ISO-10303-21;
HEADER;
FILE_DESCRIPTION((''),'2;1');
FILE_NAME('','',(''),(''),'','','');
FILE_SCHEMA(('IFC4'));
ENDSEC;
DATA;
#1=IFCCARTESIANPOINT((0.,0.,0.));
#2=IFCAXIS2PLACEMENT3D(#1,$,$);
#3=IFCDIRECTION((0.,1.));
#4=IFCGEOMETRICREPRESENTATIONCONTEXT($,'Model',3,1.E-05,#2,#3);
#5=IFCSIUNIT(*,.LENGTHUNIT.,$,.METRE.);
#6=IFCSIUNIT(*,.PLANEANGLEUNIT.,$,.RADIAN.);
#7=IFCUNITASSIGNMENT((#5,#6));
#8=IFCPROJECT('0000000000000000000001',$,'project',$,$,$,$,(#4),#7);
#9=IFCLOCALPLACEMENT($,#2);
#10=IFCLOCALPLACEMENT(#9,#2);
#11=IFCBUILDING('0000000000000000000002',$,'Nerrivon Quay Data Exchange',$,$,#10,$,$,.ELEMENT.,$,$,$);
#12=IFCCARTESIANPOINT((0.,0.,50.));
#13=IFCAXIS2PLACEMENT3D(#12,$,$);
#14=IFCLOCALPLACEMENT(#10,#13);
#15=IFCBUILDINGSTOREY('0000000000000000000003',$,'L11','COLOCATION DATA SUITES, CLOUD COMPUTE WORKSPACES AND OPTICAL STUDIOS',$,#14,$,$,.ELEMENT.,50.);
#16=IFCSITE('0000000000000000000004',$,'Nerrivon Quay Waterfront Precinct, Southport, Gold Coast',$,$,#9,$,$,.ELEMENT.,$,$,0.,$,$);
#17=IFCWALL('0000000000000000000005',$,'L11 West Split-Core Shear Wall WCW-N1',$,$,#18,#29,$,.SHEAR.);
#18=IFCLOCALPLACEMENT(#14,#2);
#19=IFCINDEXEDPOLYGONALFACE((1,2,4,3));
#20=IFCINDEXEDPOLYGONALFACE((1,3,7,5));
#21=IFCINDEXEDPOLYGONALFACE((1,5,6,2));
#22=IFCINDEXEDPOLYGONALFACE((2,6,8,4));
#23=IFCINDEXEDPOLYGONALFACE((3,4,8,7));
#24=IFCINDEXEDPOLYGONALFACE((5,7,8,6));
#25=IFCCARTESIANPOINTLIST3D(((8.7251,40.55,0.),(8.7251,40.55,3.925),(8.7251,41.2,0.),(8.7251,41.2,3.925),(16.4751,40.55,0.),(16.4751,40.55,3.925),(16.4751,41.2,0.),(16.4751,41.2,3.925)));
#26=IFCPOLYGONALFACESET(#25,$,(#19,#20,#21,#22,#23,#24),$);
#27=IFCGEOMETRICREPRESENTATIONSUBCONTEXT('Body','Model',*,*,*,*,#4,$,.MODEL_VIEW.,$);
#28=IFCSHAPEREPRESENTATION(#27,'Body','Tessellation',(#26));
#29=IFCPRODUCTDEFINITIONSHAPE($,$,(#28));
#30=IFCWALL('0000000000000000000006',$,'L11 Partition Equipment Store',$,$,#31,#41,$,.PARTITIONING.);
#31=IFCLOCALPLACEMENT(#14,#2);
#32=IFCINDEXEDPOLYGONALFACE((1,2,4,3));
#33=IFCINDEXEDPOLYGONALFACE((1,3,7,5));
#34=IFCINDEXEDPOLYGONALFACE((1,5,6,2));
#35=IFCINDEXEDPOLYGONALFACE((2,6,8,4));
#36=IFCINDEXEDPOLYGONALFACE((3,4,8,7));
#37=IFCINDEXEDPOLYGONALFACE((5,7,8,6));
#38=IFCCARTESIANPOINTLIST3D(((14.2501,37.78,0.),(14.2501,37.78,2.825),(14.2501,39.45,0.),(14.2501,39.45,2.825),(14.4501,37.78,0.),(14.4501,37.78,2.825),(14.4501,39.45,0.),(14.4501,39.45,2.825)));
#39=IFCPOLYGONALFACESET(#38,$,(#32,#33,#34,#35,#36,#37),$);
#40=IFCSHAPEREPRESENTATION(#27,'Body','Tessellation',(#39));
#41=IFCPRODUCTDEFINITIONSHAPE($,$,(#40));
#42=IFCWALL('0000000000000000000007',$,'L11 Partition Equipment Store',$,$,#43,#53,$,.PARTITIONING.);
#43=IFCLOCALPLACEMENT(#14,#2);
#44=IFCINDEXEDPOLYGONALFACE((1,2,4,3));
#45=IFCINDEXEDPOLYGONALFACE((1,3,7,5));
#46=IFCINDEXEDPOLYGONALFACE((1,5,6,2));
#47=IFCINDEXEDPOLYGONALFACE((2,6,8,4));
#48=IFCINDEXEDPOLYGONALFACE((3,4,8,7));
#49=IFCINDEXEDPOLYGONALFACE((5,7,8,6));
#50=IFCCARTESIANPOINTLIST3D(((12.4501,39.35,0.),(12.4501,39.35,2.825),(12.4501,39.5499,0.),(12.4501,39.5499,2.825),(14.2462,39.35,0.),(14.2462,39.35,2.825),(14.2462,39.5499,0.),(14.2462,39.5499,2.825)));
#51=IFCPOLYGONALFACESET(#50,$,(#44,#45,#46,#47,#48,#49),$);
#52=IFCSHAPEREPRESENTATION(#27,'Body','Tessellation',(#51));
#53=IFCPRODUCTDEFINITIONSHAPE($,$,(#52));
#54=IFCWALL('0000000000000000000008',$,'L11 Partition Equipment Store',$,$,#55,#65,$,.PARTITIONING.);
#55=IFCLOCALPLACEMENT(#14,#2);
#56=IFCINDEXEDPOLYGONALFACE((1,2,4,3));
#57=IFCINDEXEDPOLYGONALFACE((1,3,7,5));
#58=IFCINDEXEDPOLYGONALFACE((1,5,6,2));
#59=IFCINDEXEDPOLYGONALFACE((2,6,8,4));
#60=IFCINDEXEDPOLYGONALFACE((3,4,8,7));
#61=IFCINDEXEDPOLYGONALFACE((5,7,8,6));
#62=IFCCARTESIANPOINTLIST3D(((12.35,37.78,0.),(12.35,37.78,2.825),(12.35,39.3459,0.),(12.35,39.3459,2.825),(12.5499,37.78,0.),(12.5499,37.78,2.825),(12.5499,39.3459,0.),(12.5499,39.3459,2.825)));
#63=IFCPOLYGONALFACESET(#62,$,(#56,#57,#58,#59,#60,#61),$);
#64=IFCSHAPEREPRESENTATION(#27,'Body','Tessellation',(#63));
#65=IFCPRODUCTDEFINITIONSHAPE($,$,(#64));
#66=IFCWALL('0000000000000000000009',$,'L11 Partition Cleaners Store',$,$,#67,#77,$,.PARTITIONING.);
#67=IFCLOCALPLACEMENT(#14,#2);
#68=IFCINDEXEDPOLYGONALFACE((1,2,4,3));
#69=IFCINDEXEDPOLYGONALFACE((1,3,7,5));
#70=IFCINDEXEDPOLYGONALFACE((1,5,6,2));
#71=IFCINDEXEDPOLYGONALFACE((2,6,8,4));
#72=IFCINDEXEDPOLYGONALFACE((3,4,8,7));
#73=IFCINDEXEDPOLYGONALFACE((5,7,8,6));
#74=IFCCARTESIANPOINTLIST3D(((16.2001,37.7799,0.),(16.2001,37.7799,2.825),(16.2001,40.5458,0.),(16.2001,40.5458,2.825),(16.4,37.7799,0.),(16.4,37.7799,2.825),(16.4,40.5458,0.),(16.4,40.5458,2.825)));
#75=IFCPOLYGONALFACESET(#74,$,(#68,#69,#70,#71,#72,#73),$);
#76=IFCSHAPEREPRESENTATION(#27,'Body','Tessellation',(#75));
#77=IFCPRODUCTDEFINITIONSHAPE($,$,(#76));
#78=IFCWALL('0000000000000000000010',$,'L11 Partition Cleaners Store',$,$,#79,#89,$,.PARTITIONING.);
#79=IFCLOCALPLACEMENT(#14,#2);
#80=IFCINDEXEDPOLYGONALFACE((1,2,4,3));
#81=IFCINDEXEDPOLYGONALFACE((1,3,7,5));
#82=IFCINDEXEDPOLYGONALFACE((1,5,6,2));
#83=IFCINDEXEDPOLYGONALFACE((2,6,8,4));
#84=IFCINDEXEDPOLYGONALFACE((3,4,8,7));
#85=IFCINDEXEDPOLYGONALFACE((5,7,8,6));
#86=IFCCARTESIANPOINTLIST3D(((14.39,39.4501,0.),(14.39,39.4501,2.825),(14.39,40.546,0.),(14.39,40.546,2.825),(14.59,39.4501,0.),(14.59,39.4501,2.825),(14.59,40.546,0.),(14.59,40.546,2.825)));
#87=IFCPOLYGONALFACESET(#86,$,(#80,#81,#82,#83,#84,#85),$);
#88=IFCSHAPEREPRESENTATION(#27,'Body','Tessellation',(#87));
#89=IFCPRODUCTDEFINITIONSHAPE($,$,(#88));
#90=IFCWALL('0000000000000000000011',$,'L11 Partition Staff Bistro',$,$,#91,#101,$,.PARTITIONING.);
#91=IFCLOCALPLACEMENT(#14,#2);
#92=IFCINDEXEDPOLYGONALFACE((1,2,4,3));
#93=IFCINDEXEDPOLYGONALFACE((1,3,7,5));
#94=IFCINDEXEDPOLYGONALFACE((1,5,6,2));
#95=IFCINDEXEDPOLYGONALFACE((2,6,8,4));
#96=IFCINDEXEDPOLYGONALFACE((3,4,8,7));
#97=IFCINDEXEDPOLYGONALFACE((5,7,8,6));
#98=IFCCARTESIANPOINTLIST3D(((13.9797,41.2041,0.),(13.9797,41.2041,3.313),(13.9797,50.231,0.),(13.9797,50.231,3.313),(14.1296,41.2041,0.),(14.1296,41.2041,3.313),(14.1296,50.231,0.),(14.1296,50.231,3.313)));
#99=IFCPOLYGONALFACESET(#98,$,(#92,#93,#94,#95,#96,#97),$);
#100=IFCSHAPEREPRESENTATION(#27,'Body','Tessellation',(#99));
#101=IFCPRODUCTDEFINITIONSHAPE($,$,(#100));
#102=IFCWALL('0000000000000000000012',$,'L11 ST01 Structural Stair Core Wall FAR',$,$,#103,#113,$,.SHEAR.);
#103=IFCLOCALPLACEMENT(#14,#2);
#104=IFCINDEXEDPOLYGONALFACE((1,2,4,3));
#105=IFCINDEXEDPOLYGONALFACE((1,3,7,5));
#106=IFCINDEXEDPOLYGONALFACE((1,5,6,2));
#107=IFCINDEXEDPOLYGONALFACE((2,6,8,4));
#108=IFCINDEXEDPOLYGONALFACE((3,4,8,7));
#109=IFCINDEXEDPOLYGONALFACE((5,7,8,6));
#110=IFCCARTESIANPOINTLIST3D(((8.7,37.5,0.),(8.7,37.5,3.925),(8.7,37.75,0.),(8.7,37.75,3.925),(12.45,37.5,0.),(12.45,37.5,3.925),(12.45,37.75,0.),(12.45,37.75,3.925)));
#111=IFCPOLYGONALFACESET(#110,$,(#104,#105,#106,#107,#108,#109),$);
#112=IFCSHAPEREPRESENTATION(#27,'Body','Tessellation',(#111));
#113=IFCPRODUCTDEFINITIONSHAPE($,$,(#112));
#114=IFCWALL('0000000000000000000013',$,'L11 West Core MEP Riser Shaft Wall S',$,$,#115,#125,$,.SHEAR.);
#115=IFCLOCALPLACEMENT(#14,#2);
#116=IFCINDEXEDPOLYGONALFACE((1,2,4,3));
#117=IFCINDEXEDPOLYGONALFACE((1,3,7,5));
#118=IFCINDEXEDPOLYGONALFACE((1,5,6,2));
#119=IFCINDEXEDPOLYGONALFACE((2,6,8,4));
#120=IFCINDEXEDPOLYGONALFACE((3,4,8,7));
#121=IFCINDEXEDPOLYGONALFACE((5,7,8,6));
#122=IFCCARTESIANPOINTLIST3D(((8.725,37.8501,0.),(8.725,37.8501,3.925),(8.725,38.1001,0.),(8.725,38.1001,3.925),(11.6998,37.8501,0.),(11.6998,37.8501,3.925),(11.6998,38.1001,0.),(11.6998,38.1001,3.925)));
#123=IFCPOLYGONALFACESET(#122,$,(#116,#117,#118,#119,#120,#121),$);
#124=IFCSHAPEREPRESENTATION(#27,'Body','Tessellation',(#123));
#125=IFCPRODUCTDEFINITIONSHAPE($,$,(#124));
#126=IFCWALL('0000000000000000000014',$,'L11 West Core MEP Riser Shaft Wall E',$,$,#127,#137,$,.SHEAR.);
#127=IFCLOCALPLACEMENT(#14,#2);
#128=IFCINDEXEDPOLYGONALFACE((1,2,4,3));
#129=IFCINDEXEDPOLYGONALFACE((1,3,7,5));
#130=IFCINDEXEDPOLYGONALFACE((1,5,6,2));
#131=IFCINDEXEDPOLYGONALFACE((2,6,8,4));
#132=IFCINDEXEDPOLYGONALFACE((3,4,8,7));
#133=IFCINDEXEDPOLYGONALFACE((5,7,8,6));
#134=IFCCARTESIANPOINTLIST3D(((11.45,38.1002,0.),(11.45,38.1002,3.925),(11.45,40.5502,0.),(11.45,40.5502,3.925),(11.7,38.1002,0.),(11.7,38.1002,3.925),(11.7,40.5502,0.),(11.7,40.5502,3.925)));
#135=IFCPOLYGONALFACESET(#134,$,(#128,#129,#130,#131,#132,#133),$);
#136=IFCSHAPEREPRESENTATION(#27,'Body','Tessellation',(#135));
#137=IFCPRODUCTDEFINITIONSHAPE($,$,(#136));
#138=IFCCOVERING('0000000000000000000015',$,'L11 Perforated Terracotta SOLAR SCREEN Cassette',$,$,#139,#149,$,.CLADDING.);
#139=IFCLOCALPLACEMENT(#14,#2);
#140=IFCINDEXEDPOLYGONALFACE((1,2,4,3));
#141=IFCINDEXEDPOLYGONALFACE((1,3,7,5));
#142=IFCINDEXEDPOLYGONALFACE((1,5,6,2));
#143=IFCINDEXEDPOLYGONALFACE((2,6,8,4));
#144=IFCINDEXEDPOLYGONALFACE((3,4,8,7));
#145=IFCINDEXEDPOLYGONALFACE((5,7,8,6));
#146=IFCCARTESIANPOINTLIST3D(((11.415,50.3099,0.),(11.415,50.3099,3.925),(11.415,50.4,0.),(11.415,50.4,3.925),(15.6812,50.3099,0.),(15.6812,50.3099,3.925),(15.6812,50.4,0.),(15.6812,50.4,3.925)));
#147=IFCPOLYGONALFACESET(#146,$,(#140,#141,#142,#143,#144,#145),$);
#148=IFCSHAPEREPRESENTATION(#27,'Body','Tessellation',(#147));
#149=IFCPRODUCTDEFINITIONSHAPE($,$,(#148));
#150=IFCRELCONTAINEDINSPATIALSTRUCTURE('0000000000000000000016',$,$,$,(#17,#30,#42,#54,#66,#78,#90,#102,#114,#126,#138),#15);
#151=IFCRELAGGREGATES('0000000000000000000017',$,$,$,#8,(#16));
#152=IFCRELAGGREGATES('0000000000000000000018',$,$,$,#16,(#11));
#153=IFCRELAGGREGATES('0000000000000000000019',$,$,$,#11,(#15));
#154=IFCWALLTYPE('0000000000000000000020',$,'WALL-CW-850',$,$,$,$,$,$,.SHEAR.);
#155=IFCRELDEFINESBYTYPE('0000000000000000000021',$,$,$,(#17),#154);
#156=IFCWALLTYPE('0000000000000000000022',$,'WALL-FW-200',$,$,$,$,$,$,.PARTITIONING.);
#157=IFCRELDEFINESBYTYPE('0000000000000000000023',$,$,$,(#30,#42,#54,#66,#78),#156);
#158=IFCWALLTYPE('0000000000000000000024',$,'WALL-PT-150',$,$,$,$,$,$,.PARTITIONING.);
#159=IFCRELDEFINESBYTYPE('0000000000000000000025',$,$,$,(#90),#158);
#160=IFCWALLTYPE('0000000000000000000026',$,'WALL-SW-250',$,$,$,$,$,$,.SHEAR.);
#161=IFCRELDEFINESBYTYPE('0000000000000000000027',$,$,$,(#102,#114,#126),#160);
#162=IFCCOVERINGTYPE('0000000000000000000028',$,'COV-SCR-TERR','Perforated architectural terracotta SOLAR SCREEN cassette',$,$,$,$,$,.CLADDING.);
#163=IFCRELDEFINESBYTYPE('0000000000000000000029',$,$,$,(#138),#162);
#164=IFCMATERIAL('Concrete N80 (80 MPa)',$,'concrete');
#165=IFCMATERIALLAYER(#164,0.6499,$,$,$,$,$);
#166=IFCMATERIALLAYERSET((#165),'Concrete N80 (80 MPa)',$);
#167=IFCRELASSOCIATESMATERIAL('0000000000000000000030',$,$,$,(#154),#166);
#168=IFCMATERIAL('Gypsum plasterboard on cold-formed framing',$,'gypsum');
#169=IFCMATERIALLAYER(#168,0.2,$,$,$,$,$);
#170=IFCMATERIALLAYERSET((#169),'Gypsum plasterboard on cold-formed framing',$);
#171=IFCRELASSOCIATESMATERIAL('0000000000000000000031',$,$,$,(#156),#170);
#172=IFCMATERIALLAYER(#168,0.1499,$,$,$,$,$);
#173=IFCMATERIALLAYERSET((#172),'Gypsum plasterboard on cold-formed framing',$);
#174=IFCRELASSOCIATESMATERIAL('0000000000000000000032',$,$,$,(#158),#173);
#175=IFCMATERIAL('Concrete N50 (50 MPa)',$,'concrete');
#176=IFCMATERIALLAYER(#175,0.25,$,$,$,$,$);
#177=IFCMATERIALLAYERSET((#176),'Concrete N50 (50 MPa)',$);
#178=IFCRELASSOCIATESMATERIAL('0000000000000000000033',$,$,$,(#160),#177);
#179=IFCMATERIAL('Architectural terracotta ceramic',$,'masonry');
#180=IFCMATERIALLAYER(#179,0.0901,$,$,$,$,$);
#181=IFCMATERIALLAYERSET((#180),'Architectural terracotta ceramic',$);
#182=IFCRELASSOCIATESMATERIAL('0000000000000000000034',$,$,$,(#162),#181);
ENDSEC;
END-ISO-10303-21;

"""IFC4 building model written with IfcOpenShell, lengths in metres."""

from ifc_helpers import new_model, si_unit, direction, frame, frame_2d, origin, origin_2d, place, context, subcontext, project, spatial, rectangle, extrude, material, layer, layer_set, type_object, element, save


model = new_model("IFC4")

# Units and contexts
model_context = context("Model", 3, precision=1e-05, world=origin(), true_north=direction((0.0, 1.0)))
body_context = subcontext(model_context, "Body", "Model", "MODEL_VIEW")
ifc_project = project(units=[si_unit("LENGTHUNIT", "METRE"), si_unit("PLANEANGLEUNIT", "RADIAN")], contexts=[model_context])

# Site, building, storey
site_placement = place(None, origin())
site = spatial("IfcSite", under=ifc_project, at=site_placement, Name="Nerrivon Quay Waterfront Precinct, Southport, Gold Coast", CompositionType="ELEMENT", RefElevation=0.0)
building_placement = place(site_placement, origin())
building = spatial("IfcBuilding", under=site, at=building_placement, Name="Nerrivon Quay Data Exchange", CompositionType="ELEMENT")
storey_placement = place(building_placement, frame((0.0, 0.0, 50.0)))
storey = spatial("IfcBuildingStorey", under=building, at=storey_placement, Name="L11", Description="COLOCATION DATA SUITES, CLOUD COMPUTE WORKSPACES AND OPTICAL STUDIOS", CompositionType="ELEMENT", Elevation=50.0)

# Shared definitions
ifc_material_1 = material(Name="Concrete N80 (80 MPa)", Category="concrete")

# Walls
ifc_layer_1 = layer(ifc_material_1, 0.6499)
ifc_layer_set_1 = layer_set([ifc_layer_1], Name="Concrete N80 (80 MPa)")
wall_type_1 = type_object("IfcWallType", Name="WALL-CW-850", PredefinedType="SHEAR", material=ifc_layer_set_1)
wall_1_placement = place(storey_placement, frame((8.7251, 40.875, 0.0), z_axis=(0.0, 0.0, 1.0), x_axis=(1.0, 0.0, 0.0)))
element("IfcWall", 1, at=wall_1_placement, inside=storey, type_object=wall_type_1, Name="L11 West Split-Core Shear Wall WCW-N1", PredefinedType="SHEAR", context=body_context, shape_type="SweptSolid", body=[
    extrude(rectangle(XDim=7.75, YDim=0.6499, at=frame_2d((3.875, 0.0))), origin(), (0.0, 0.0, 1.0), 3.925),
])
ifc_material_2 = material(Name="Gypsum plasterboard on cold-formed framing", Category="gypsum")
ifc_layer_2 = layer(ifc_material_2, 0.2)
ifc_layer_set_2 = layer_set([ifc_layer_2], Name="Gypsum plasterboard on cold-formed framing")
wall_type_2 = type_object("IfcWallType", Name="WALL-FW-200", PredefinedType="PARTITIONING", material=ifc_layer_set_2)
wall_2_placement = place(storey_placement, frame((14.3501, 37.78, 0.0), z_axis=(0.0, 0.0, 1.0), x_axis=(0.0, 1.0, 0.0)))
element("IfcWall", 2, at=wall_2_placement, inside=storey, type_object=wall_type_2, Name="L11 Partition Equipment Store", PredefinedType="PARTITIONING", context=body_context, shape_type="SweptSolid", body=[
    extrude(rectangle(XDim=1.6699, YDim=0.2, at=frame_2d((0.835, 0.0))), origin(), (0.0, 0.0, 1.0), 2.825),
])
wall_3_placement = place(storey_placement, frame((14.2461, 39.45, 0.0), z_axis=(0.0, 0.0, 1.0), x_axis=(-1.0, 0.0, 0.0)))
element("IfcWall", 3, at=wall_3_placement, inside=storey, type_object=wall_type_2, Name="L11 Partition Equipment Store", PredefinedType="PARTITIONING", context=body_context, shape_type="SweptSolid", body=[
    extrude(rectangle(XDim=1.7961, YDim=0.2, at=frame_2d((0.8979, 0.0))), origin(), (0.0, 0.0, 1.0), 2.825),
])
wall_4_placement = place(storey_placement, frame((12.45, 39.3459, 0.0), z_axis=(0.0, 0.0, 1.0), x_axis=(0.0, -1.0, 0.0)))
element("IfcWall", 4, at=wall_4_placement, inside=storey, type_object=wall_type_2, Name="L11 Partition Equipment Store", PredefinedType="PARTITIONING", context=body_context, shape_type="SweptSolid", body=[
    extrude(rectangle(XDim=1.5659, YDim=0.2, at=frame_2d((0.783, 0.0))), origin(), (0.0, 0.0, 1.0), 2.825),
])
wall_5_placement = place(storey_placement, frame((16.3, 37.78, 0.0), z_axis=(0.0, 0.0, 1.0), x_axis=(0.0, 1.0, 0.0)))
element("IfcWall", 5, at=wall_5_placement, inside=storey, type_object=wall_type_2, Name="L11 Partition Cleaners Store", PredefinedType="PARTITIONING", context=body_context, shape_type="SweptSolid", body=[
    extrude(rectangle(XDim=2.7659, YDim=0.2, at=frame_2d((1.3828, 0.0))), origin(), (0.0, 0.0, 1.0), 2.825),
])
wall_6_placement = place(storey_placement, frame((14.49, 40.5459, 0.0), z_axis=(0.0, 0.0, 1.0), x_axis=(0.0, -1.0, 0.0)))
element("IfcWall", 6, at=wall_6_placement, inside=storey, type_object=wall_type_2, Name="L11 Partition Cleaners Store", PredefinedType="PARTITIONING", context=body_context, shape_type="SweptSolid", body=[
    extrude(rectangle(XDim=1.0959, YDim=0.2, at=frame_2d((0.5479, 0.0))), origin(), (0.0, 0.0, 1.0), 2.825),
])
ifc_layer_3 = layer(ifc_material_2, 0.1499)
ifc_layer_set_3 = layer_set([ifc_layer_3], Name="Gypsum plasterboard on cold-formed framing")
wall_type_3 = type_object("IfcWallType", Name="WALL-PT-150", PredefinedType="PARTITIONING", material=ifc_layer_set_3)
wall_7_placement = place(storey_placement, frame((14.0547, 50.231, 0.0), z_axis=(0.0, 0.0, 1.0), x_axis=(0.0, -1.0, 0.0)))
element("IfcWall", 7, at=wall_7_placement, inside=storey, type_object=wall_type_3, Name="L11 Partition Staff Bistro", PredefinedType="PARTITIONING", context=body_context, shape_type="SweptSolid", body=[
    extrude(rectangle(XDim=9.0269, YDim=0.1499, at=frame_2d((4.5134, 0.0))), origin(), (0.0, 0.0, 1.0), 3.313),
])
ifc_material_3 = material(Name="Concrete N50 (50 MPa)", Category="concrete")
ifc_layer_4 = layer(ifc_material_3, 0.25)
ifc_layer_set_4 = layer_set([ifc_layer_4], Name="Concrete N50 (50 MPa)")
wall_type_4 = type_object("IfcWallType", Name="WALL-SW-250", PredefinedType="SHEAR", material=ifc_layer_set_4)
wall_8_placement = place(storey_placement, frame((12.45, 37.625, 0.0), z_axis=(0.0, 0.0, 1.0), x_axis=(-1.0, 0.0, 0.0)))
element("IfcWall", 8, at=wall_8_placement, inside=storey, type_object=wall_type_4, Name="L11 ST01 Structural Stair Core Wall FAR", PredefinedType="SHEAR", context=body_context, shape_type="SweptSolid", body=[
    extrude(rectangle(XDim=3.75, YDim=0.25, at=frame_2d((1.875, 0.0))), origin(), (0.0, 0.0, 1.0), 3.925),
])
wall_9_placement = place(storey_placement, frame((8.7251, 37.9751, 0.0), z_axis=(0.0, 0.0, 1.0), x_axis=(1.0, 0.0, 0.0)))
element("IfcWall", 9, at=wall_9_placement, inside=storey, type_object=wall_type_4, Name="L11 West Core MEP Riser Shaft Wall S", PredefinedType="SHEAR", context=body_context, shape_type="SweptSolid", body=[
    extrude(rectangle(XDim=2.9749, YDim=0.25, at=frame_2d((1.4873, 0.0))), origin(), (0.0, 0.0, 1.0), 3.925),
])
wall_10_placement = place(storey_placement, frame((11.575, 38.1001, 0.0), z_axis=(0.0, 0.0, 1.0), x_axis=(0.0, 1.0, 0.0)))
element("IfcWall", 10, at=wall_10_placement, inside=storey, type_object=wall_type_4, Name="L11 West Core MEP Riser Shaft Wall E", PredefinedType="SHEAR", context=body_context, shape_type="SweptSolid", body=[
    extrude(rectangle(XDim=2.45, YDim=0.25, at=frame_2d((1.2251, 0.0))), origin(), (0.0, 0.0, 1.0), 3.925),
])

# Covering
ifc_material_4 = material(Name="Architectural terracotta ceramic", Category="masonry")
ifc_layer_5 = layer(ifc_material_4, 0.0901)
ifc_layer_set_5 = layer_set([ifc_layer_5], Name="Architectural terracotta ceramic")
covering_type = type_object("IfcCoveringType", Name="COV-SCR-TERR", Description="Perforated architectural terracotta SOLAR SCREEN cassette", PredefinedType="CLADDING", material=ifc_layer_set_5)
covering_placement = place(storey_placement, frame((13.5481, 50.355, 0.0), z_axis=(0.0, 0.0, 1.0), x_axis=(1.0, 0.0, 0.0)))
element("IfcCovering", 11, at=covering_placement, inside=storey, type_object=covering_type, Name="L11 Perforated Terracotta SOLAR SCREEN Cassette", PredefinedType="CLADDING", context=body_context, shape_type="SweptSolid", body=[
    extrude(rectangle(XDim=4.2661, YDim=0.0901, at=origin_2d()), origin(), (0.0, 0.0, 1.0), 3.925),
])

save(model, "model.ifc")
